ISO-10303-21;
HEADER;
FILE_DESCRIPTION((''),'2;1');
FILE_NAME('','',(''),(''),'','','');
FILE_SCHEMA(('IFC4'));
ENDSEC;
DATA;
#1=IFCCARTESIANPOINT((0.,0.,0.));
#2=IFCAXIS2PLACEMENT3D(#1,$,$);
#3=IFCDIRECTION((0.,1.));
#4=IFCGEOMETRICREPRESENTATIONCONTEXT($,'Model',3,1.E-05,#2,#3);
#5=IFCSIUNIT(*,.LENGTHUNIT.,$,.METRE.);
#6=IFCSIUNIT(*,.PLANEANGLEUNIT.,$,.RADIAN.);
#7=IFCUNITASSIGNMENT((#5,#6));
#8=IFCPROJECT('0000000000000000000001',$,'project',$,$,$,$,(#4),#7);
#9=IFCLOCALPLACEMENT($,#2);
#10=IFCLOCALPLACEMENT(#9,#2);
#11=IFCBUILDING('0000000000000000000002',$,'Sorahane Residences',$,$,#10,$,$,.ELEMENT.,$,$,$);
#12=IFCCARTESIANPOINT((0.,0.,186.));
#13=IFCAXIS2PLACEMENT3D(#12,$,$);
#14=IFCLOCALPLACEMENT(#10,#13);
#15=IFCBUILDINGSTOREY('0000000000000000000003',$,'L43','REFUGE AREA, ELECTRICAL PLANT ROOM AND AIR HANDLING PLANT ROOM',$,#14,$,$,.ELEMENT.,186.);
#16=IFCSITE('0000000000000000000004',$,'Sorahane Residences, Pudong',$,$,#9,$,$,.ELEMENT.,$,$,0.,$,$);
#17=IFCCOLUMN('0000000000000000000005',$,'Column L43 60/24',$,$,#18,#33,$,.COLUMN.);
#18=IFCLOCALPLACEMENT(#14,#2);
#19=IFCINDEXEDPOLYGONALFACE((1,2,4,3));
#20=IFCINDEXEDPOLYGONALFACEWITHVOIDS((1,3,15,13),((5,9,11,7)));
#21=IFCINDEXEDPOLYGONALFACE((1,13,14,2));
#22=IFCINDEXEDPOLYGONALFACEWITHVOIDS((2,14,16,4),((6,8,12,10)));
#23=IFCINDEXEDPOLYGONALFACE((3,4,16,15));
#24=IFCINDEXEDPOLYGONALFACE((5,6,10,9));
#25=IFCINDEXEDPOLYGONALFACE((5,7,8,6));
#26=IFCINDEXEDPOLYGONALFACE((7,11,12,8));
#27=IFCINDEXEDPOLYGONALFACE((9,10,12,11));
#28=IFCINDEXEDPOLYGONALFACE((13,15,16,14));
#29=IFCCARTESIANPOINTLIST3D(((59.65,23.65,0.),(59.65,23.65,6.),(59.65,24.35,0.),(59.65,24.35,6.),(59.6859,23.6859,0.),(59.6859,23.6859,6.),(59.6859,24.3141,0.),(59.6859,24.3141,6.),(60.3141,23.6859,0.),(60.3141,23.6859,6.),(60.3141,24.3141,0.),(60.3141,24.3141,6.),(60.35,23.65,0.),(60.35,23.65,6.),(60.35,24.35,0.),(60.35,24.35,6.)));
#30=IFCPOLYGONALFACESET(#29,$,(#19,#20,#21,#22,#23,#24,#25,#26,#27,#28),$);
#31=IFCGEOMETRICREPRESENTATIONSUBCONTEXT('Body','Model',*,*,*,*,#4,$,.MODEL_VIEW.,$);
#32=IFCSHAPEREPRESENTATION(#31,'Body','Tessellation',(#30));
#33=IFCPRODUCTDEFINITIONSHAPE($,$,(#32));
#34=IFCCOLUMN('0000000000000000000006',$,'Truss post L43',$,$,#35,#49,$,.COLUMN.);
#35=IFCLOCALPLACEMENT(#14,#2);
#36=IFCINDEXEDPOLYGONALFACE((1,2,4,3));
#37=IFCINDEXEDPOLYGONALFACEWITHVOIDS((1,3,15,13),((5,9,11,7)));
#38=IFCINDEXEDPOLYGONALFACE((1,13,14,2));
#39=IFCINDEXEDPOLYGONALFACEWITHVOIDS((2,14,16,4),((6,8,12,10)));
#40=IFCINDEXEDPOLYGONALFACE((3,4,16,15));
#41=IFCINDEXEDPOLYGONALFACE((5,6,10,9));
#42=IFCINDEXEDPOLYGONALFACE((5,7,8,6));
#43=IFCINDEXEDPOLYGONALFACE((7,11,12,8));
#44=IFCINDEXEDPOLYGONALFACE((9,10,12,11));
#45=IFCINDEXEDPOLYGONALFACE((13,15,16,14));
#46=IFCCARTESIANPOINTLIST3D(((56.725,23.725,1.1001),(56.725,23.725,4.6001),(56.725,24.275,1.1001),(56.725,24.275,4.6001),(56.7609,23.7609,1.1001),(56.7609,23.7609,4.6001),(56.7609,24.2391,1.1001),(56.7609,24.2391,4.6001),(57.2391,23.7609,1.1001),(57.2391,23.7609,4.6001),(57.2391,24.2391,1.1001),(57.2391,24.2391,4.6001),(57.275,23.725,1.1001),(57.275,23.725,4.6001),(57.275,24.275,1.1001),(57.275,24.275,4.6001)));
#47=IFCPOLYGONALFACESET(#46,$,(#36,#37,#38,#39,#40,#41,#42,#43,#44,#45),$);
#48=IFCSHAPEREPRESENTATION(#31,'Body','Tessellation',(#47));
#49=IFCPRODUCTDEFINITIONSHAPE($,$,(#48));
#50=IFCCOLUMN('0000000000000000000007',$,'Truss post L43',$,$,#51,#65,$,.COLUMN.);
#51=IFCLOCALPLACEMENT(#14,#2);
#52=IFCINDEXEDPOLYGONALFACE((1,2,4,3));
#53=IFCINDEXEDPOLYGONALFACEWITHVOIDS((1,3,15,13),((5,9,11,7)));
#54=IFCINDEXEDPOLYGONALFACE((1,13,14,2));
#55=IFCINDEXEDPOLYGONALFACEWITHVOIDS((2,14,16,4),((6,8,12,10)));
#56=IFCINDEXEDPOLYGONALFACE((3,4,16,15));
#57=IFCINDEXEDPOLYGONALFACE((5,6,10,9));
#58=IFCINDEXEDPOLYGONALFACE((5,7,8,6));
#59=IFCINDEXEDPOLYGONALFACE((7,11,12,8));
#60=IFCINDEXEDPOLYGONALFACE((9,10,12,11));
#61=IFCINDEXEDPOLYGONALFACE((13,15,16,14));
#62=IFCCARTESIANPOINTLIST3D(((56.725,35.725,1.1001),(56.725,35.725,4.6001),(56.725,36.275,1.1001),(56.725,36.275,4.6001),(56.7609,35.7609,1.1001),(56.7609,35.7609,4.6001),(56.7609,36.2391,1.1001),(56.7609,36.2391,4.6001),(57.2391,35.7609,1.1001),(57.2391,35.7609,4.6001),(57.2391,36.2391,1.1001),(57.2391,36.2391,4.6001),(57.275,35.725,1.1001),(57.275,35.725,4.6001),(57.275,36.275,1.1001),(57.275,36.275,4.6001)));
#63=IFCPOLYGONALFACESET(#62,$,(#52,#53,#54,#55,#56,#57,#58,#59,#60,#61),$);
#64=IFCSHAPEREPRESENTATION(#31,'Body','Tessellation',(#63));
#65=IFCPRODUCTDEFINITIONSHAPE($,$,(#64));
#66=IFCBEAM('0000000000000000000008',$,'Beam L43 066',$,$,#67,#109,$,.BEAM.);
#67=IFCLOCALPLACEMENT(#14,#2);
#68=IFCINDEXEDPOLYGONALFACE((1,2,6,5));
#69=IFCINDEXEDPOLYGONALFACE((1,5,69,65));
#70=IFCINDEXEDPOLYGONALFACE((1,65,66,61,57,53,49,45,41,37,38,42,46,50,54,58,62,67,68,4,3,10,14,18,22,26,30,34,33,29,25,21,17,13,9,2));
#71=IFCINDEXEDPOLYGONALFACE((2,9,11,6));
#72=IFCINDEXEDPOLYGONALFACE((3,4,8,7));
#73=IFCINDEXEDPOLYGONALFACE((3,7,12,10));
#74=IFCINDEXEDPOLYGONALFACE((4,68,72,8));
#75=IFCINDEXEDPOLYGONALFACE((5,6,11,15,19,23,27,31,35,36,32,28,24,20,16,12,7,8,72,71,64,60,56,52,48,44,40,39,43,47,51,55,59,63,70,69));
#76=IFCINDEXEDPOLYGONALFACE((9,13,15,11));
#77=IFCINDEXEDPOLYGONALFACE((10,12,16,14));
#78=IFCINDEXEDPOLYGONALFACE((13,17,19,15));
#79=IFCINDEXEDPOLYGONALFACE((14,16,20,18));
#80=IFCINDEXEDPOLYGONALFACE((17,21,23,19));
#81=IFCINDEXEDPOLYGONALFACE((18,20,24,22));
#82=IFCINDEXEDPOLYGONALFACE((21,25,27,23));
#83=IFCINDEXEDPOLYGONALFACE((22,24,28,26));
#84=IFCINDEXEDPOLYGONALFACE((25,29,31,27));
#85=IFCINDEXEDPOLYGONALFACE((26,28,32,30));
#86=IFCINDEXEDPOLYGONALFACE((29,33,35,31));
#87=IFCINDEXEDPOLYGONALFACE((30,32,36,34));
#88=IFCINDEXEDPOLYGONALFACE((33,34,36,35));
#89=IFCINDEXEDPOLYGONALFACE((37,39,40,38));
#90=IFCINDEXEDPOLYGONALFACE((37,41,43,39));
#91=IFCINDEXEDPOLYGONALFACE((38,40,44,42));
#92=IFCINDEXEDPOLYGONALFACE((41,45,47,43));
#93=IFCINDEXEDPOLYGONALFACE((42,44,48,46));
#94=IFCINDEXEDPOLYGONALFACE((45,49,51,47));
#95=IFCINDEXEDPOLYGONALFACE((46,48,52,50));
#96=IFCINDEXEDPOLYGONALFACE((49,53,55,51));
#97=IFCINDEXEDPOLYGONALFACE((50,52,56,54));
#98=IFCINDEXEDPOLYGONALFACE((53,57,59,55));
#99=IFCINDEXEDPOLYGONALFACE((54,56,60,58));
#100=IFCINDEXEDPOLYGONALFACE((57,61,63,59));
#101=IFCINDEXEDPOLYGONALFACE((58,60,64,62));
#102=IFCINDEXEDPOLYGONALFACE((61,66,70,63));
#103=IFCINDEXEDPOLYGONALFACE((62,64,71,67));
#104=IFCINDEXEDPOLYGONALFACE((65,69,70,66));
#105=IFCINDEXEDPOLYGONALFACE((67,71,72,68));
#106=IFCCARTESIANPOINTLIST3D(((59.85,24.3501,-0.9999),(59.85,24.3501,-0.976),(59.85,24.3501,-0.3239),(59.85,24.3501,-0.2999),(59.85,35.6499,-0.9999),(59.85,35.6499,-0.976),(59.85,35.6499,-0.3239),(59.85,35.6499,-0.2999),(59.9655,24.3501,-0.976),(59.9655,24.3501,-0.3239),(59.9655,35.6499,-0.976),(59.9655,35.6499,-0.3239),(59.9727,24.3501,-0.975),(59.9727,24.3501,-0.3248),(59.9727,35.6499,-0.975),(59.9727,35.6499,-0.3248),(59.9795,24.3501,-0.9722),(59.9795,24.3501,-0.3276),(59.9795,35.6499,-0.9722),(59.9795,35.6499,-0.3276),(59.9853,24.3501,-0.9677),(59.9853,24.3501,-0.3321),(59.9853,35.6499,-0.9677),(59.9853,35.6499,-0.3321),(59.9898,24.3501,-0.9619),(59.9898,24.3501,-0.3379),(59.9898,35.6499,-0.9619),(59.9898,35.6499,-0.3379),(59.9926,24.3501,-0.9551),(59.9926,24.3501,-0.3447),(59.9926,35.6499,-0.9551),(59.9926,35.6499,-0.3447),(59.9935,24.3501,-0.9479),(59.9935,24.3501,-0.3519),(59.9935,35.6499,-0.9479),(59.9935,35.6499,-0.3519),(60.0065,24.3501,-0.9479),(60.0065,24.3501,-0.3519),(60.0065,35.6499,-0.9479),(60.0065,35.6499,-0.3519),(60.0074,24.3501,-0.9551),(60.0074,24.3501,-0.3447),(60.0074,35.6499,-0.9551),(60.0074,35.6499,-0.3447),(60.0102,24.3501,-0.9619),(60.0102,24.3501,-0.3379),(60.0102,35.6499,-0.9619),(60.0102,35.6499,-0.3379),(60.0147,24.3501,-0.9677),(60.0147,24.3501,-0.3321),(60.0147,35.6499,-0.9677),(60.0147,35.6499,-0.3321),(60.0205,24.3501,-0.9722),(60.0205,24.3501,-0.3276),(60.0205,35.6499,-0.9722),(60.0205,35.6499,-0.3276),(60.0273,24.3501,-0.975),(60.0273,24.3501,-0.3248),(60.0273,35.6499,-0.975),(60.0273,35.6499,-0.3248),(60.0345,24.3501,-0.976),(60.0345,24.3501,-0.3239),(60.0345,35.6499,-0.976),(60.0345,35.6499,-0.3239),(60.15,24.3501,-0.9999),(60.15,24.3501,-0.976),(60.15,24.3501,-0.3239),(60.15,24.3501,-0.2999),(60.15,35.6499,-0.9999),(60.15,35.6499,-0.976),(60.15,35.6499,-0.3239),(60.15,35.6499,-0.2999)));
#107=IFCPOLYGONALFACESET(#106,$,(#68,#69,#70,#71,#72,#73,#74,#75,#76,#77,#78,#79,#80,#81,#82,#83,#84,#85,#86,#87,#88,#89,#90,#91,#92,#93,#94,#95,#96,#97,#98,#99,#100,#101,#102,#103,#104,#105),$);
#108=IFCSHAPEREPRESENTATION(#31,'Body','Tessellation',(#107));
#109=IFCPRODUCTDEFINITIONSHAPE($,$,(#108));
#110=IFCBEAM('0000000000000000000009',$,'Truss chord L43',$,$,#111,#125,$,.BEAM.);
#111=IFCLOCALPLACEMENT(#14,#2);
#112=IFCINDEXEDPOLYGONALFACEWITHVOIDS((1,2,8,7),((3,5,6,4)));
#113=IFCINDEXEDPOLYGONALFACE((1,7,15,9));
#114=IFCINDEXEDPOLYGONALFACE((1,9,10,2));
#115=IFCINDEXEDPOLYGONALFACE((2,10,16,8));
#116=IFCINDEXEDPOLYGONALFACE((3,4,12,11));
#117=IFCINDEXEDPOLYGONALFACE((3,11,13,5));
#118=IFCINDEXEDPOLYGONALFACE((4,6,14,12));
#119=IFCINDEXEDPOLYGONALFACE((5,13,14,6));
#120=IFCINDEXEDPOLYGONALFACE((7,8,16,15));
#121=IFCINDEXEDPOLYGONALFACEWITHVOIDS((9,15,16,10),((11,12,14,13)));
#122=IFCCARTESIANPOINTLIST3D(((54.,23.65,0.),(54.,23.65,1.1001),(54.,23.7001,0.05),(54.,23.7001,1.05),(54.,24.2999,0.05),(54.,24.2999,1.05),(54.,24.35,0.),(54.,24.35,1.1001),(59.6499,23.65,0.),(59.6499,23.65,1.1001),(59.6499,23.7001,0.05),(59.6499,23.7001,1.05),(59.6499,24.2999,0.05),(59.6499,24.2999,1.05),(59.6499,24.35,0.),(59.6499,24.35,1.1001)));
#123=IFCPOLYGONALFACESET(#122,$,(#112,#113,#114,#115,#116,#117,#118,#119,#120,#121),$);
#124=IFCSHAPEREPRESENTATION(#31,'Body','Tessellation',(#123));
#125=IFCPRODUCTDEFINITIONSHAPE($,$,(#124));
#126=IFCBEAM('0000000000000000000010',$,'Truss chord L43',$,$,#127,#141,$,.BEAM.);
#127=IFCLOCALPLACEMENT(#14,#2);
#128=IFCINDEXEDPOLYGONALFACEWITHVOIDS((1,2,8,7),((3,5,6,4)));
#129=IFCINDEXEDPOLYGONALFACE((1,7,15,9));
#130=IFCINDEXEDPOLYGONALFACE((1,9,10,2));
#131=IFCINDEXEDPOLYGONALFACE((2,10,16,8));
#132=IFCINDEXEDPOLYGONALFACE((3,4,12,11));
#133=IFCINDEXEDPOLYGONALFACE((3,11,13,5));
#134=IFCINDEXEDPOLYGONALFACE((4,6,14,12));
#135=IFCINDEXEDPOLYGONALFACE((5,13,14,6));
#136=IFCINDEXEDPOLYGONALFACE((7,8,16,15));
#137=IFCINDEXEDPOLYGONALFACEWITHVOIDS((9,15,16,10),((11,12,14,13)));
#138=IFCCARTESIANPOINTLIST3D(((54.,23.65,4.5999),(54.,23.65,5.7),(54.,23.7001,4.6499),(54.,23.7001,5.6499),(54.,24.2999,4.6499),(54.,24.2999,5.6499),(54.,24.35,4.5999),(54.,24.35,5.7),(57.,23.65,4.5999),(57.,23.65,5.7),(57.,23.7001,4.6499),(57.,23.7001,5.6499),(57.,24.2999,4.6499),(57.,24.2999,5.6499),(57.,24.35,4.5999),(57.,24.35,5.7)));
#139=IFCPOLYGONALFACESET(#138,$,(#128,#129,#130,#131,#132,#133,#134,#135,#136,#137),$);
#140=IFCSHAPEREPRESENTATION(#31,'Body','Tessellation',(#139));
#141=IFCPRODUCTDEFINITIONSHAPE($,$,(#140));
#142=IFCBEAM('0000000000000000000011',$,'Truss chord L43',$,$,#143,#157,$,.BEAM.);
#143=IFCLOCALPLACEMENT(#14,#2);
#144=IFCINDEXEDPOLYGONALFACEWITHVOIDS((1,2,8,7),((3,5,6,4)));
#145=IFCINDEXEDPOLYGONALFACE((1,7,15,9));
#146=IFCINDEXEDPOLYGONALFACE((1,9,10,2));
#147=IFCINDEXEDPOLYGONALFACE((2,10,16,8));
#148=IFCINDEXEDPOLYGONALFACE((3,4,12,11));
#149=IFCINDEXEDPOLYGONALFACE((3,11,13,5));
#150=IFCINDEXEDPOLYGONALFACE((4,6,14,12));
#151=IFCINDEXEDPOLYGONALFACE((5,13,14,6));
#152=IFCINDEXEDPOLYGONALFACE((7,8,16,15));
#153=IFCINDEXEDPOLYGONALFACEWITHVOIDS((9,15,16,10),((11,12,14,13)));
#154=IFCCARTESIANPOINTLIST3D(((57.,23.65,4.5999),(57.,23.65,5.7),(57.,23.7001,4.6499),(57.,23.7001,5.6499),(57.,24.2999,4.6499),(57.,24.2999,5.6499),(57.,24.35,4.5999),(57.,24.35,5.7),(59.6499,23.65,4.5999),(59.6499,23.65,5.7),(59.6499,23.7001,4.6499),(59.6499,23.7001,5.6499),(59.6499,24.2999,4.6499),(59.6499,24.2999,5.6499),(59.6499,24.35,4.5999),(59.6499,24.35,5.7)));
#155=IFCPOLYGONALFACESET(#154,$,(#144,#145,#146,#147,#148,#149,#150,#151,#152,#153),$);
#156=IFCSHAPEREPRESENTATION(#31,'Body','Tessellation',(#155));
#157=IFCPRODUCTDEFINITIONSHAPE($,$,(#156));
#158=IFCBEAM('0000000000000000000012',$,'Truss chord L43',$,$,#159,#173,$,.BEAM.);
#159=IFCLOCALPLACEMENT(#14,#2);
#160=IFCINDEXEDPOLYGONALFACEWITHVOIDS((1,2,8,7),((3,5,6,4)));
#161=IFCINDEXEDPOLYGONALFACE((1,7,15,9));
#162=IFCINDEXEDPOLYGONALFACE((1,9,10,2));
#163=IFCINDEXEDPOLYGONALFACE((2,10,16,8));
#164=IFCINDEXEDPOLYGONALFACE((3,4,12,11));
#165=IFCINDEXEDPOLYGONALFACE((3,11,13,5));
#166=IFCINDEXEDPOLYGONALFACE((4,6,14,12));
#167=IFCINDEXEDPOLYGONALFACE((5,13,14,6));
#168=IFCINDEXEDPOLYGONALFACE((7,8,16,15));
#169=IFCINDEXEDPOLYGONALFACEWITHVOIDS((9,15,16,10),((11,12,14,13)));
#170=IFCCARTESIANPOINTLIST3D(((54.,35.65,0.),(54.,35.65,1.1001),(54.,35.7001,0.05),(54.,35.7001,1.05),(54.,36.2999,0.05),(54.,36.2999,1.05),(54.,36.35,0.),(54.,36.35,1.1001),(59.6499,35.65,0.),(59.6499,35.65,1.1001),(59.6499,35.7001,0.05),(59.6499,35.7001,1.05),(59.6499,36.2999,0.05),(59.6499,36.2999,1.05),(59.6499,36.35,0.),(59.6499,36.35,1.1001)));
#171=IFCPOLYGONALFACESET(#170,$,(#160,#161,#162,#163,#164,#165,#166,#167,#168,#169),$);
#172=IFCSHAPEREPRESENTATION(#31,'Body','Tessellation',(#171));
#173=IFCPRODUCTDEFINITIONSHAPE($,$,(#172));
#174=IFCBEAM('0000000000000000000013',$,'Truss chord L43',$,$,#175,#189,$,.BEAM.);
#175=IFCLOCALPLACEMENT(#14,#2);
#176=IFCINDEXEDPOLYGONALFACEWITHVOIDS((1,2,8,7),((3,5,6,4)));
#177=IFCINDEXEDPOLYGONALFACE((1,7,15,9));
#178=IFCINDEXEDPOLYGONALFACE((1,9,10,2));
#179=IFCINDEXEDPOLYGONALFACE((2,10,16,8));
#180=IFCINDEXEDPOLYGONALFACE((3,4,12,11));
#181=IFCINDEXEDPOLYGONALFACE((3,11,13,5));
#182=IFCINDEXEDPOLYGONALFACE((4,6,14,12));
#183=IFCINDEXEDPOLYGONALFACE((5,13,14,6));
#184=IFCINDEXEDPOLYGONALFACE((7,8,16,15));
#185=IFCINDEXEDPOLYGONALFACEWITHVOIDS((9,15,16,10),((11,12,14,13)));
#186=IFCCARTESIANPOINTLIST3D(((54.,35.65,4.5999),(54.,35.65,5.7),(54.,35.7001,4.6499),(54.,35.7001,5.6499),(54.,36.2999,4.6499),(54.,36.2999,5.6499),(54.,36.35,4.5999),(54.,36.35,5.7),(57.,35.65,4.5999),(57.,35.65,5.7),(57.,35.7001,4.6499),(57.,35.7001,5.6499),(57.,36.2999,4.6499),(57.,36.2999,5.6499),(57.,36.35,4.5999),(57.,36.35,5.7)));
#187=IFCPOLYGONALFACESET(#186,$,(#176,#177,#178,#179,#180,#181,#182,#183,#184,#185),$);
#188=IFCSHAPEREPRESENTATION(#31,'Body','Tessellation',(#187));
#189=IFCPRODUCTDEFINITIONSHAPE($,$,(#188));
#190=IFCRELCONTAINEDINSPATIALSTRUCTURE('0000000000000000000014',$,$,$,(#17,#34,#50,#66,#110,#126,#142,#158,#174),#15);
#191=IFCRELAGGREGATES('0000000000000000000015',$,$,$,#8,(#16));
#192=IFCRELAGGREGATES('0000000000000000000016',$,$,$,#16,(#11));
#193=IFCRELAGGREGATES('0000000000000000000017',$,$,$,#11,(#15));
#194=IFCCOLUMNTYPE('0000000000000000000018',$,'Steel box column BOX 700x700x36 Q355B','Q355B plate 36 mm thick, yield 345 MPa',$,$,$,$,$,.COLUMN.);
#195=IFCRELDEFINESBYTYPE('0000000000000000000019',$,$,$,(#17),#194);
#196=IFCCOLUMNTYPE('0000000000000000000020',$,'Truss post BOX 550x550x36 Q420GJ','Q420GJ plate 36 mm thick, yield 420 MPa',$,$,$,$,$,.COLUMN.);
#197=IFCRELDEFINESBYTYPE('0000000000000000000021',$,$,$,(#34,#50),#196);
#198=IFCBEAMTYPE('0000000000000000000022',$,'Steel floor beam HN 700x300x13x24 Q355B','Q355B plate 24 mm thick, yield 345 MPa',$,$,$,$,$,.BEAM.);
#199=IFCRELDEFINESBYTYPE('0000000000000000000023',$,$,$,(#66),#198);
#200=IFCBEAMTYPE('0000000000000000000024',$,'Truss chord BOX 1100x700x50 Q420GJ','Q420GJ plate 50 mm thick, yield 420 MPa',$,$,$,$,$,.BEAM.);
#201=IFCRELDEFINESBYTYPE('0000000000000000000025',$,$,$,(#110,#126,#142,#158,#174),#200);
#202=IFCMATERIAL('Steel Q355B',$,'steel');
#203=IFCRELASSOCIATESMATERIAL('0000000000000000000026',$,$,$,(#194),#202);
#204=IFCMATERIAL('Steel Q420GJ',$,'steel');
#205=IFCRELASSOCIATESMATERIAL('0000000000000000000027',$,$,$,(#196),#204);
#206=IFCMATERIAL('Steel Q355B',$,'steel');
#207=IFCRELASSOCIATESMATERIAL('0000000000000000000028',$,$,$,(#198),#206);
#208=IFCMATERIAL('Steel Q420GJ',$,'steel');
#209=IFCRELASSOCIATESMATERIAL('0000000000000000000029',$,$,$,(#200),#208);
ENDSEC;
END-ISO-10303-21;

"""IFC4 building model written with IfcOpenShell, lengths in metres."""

from ifc_helpers import new_model, si_unit, direction, frame, origin, origin_2d, place, context, subcontext, project, spatial, hollow_rectangle, i_section, extrude, material, material_profile, profile_set, type_object, element, save


model = new_model("IFC4")

# Units and contexts
model_context = context("Model", 3, precision=1e-05, world=origin(), true_north=direction((0.0, 1.0)))
body_context = subcontext(model_context, "Body", "Model", "MODEL_VIEW")
ifc_project = project(units=[si_unit("LENGTHUNIT", "METRE"), si_unit("PLANEANGLEUNIT", "RADIAN")], contexts=[model_context])

# Site, building, storey
site_placement = place(None, origin())
site = spatial("IfcSite", under=ifc_project, at=site_placement, Name="Sorahane Residences, Pudong", CompositionType="ELEMENT", RefElevation=0.0)
building_placement = place(site_placement, origin())
building = spatial("IfcBuilding", under=site, at=building_placement, Name="Sorahane Residences", CompositionType="ELEMENT")
storey_placement = place(building_placement, frame((0.0, 0.0, 186.0)))
storey = spatial("IfcBuildingStorey", under=building, at=storey_placement, Name="L43", Description="REFUGE AREA, ELECTRICAL PLANT ROOM AND AIR HANDLING PLANT ROOM", CompositionType="ELEMENT", Elevation=186.0)

# Columns
ifc_material_1 = material(Name="Steel Q355B", Category="steel")
ifc_material_profile_1 = material_profile(ifc_material_1, hollow_rectangle(XDim=0.7, YDim=0.7, WallThickness=0.0359, at=origin_2d()), Name="BOX 700x700x36")
ifc_profile_set_1 = profile_set([ifc_material_profile_1], Name="Steel Q355B")
column_type_1 = type_object("IfcColumnType", Name="Steel box column BOX 700x700x36 Q355B", Description="Q355B plate 36 mm thick, yield 345 MPa", PredefinedType="COLUMN", material=ifc_profile_set_1)
column_placement = place(storey_placement, frame((60.0, 24.0, 0.0), z_axis=(0.0, 0.0, 1.0), x_axis=(1.0, 0.0, 0.0)))
element("IfcColumn", 1, at=column_placement, inside=storey, type_object=column_type_1, Name="Column L43 60/24", PredefinedType="COLUMN", context=body_context, shape_type="SweptSolid", body=[
    extrude(hollow_rectangle(XDim=0.7, YDim=0.7, WallThickness=0.0359, at=origin_2d()), origin(), (0.0, 0.0, 1.0), 6.0),
])
ifc_material_2 = material(Name="Steel Q420GJ", Category="steel")
ifc_material_profile_2 = material_profile(ifc_material_2, hollow_rectangle(XDim=0.55, YDim=0.55, WallThickness=0.0359, at=origin_2d()), Name="BOX 550x550x36")
ifc_profile_set_2 = profile_set([ifc_material_profile_2], Name="Steel Q420GJ")
column_type_2 = type_object("IfcColumnType", Name="Truss post BOX 550x550x36 Q420GJ", Description="Q420GJ plate 36 mm thick, yield 420 MPa", PredefinedType="COLUMN", material=ifc_profile_set_2)
for number, where, z_axis, x_axis, name in (
    (2, (57.0, 24.0, 1.1001), (0.0, 0.0, 1.0), (1.0, 0.0, 0.0), "Truss post L43"),
    (3, (57.0, 36.0, 1.1001), (0.0, 0.0, 1.0), (1.0, 0.0, 0.0), "Truss post L43"),
):
    element("IfcColumn", number, at=place(storey_placement, frame(where, z_axis=z_axis, x_axis=x_axis)), inside=storey, type_object=column_type_2, Name=name, PredefinedType="COLUMN", context=body_context, shape_type="SweptSolid", body=[
        extrude(hollow_rectangle(XDim=0.55, YDim=0.55, WallThickness=0.0359, at=origin_2d()), origin(), (0.0, 0.0, 1.0), 3.5),
    ])

# Beams
ifc_material_3 = material(Name="Steel Q355B", Category="steel")
ifc_material_profile_3 = material_profile(ifc_material_3, i_section(OverallWidth=0.3, OverallDepth=0.7, WebThickness=0.0129, FlangeThickness=0.0239, FilletRadius=0.0281, at=origin_2d()), Name="HN 700x300x13x24")
ifc_profile_set_3 = profile_set([ifc_material_profile_3], Name="Steel Q355B")
beam_type_1 = type_object("IfcBeamType", Name="Steel floor beam HN 700x300x13x24 Q355B", Description="Q355B plate 24 mm thick, yield 345 MPa", PredefinedType="BEAM", material=ifc_profile_set_3)
beam_1_placement = place(storey_placement, frame((60.0, 24.3501, -0.6499), z_axis=(0.0, 1.0, 0.0), x_axis=(-1.0, 0.0, 0.0)))
element("IfcBeam", 4, at=beam_1_placement, inside=storey, type_object=beam_type_1, Name="Beam L43 066", PredefinedType="BEAM", context=body_context, shape_type="SweptSolid", body=[
    extrude(i_section(OverallWidth=0.3, OverallDepth=0.7, WebThickness=0.0129, FlangeThickness=0.0239, FilletRadius=0.0281, at=origin_2d()), origin(), (0.0, 0.0, 1.0), 11.2998),
])
ifc_material_4 = material(Name="Steel Q420GJ", Category="steel")
ifc_material_profile_4 = material_profile(ifc_material_4, hollow_rectangle(XDim=0.7, YDim=1.1001, WallThickness=0.05, at=origin_2d()), Name="BOX 1100x700x50")
ifc_profile_set_4 = profile_set([ifc_material_profile_4], Name="Steel Q420GJ")
beam_type_2 = type_object("IfcBeamType", Name="Truss chord BOX 1100x700x50 Q420GJ", Description="Q420GJ plate 50 mm thick, yield 420 MPa", PredefinedType="BEAM", material=ifc_profile_set_4)
beam_2_placement = place(storey_placement, frame((54.0, 24.0, 0.55), z_axis=(1.0, 0.0, 0.0), x_axis=(0.0, 1.0, 0.0)))
element("IfcBeam", 5, at=beam_2_placement, inside=storey, type_object=beam_type_2, Name="Truss chord L43", PredefinedType="BEAM", context=body_context, shape_type="SweptSolid", body=[
    extrude(hollow_rectangle(XDim=0.7, YDim=1.1001, WallThickness=0.05, at=origin_2d()), origin(), (0.0, 0.0, 1.0), 5.6499),
])
beam_3_placement = place(storey_placement, frame((54.0, 24.0, 5.1499), z_axis=(1.0, 0.0, 0.0), x_axis=(0.0, 1.0, 0.0)))
element("IfcBeam", 6, at=beam_3_placement, inside=storey, type_object=beam_type_2, Name="Truss chord L43", PredefinedType="BEAM", context=body_context, shape_type="SweptSolid", body=[
    extrude(hollow_rectangle(XDim=0.7, YDim=1.1001, WallThickness=0.05, at=origin_2d()), origin(), (0.0, 0.0, 1.0), 3.0),
])
beam_4_placement = place(storey_placement, frame((57.0, 24.0, 5.1499), z_axis=(1.0, 0.0, 0.0), x_axis=(0.0, 1.0, 0.0)))
element("IfcBeam", 7, at=beam_4_placement, inside=storey, type_object=beam_type_2, Name="Truss chord L43", PredefinedType="BEAM", context=body_context, shape_type="SweptSolid", body=[
    extrude(hollow_rectangle(XDim=0.7, YDim=1.1001, WallThickness=0.05, at=origin_2d()), origin(), (0.0, 0.0, 1.0), 2.6499),
])
beam_5_placement = place(storey_placement, frame((54.0, 36.0, 0.55), z_axis=(1.0, 0.0, 0.0), x_axis=(0.0, 1.0, 0.0)))
element("IfcBeam", 8, at=beam_5_placement, inside=storey, type_object=beam_type_2, Name="Truss chord L43", PredefinedType="BEAM", context=body_context, shape_type="SweptSolid", body=[
    extrude(hollow_rectangle(XDim=0.7, YDim=1.1001, WallThickness=0.05, at=origin_2d()), origin(), (0.0, 0.0, 1.0), 5.6499),
])
beam_6_placement = place(storey_placement, frame((54.0, 36.0, 5.1499), z_axis=(1.0, 0.0, 0.0), x_axis=(0.0, 1.0, 0.0)))
element("IfcBeam", 9, at=beam_6_placement, inside=storey, type_object=beam_type_2, Name="Truss chord L43", PredefinedType="BEAM", context=body_context, shape_type="SweptSolid", body=[
    extrude(hollow_rectangle(XDim=0.7, YDim=1.1001, WallThickness=0.05, at=origin_2d()), origin(), (0.0, 0.0, 1.0), 3.0),
])

save(model, "model.ifc")
